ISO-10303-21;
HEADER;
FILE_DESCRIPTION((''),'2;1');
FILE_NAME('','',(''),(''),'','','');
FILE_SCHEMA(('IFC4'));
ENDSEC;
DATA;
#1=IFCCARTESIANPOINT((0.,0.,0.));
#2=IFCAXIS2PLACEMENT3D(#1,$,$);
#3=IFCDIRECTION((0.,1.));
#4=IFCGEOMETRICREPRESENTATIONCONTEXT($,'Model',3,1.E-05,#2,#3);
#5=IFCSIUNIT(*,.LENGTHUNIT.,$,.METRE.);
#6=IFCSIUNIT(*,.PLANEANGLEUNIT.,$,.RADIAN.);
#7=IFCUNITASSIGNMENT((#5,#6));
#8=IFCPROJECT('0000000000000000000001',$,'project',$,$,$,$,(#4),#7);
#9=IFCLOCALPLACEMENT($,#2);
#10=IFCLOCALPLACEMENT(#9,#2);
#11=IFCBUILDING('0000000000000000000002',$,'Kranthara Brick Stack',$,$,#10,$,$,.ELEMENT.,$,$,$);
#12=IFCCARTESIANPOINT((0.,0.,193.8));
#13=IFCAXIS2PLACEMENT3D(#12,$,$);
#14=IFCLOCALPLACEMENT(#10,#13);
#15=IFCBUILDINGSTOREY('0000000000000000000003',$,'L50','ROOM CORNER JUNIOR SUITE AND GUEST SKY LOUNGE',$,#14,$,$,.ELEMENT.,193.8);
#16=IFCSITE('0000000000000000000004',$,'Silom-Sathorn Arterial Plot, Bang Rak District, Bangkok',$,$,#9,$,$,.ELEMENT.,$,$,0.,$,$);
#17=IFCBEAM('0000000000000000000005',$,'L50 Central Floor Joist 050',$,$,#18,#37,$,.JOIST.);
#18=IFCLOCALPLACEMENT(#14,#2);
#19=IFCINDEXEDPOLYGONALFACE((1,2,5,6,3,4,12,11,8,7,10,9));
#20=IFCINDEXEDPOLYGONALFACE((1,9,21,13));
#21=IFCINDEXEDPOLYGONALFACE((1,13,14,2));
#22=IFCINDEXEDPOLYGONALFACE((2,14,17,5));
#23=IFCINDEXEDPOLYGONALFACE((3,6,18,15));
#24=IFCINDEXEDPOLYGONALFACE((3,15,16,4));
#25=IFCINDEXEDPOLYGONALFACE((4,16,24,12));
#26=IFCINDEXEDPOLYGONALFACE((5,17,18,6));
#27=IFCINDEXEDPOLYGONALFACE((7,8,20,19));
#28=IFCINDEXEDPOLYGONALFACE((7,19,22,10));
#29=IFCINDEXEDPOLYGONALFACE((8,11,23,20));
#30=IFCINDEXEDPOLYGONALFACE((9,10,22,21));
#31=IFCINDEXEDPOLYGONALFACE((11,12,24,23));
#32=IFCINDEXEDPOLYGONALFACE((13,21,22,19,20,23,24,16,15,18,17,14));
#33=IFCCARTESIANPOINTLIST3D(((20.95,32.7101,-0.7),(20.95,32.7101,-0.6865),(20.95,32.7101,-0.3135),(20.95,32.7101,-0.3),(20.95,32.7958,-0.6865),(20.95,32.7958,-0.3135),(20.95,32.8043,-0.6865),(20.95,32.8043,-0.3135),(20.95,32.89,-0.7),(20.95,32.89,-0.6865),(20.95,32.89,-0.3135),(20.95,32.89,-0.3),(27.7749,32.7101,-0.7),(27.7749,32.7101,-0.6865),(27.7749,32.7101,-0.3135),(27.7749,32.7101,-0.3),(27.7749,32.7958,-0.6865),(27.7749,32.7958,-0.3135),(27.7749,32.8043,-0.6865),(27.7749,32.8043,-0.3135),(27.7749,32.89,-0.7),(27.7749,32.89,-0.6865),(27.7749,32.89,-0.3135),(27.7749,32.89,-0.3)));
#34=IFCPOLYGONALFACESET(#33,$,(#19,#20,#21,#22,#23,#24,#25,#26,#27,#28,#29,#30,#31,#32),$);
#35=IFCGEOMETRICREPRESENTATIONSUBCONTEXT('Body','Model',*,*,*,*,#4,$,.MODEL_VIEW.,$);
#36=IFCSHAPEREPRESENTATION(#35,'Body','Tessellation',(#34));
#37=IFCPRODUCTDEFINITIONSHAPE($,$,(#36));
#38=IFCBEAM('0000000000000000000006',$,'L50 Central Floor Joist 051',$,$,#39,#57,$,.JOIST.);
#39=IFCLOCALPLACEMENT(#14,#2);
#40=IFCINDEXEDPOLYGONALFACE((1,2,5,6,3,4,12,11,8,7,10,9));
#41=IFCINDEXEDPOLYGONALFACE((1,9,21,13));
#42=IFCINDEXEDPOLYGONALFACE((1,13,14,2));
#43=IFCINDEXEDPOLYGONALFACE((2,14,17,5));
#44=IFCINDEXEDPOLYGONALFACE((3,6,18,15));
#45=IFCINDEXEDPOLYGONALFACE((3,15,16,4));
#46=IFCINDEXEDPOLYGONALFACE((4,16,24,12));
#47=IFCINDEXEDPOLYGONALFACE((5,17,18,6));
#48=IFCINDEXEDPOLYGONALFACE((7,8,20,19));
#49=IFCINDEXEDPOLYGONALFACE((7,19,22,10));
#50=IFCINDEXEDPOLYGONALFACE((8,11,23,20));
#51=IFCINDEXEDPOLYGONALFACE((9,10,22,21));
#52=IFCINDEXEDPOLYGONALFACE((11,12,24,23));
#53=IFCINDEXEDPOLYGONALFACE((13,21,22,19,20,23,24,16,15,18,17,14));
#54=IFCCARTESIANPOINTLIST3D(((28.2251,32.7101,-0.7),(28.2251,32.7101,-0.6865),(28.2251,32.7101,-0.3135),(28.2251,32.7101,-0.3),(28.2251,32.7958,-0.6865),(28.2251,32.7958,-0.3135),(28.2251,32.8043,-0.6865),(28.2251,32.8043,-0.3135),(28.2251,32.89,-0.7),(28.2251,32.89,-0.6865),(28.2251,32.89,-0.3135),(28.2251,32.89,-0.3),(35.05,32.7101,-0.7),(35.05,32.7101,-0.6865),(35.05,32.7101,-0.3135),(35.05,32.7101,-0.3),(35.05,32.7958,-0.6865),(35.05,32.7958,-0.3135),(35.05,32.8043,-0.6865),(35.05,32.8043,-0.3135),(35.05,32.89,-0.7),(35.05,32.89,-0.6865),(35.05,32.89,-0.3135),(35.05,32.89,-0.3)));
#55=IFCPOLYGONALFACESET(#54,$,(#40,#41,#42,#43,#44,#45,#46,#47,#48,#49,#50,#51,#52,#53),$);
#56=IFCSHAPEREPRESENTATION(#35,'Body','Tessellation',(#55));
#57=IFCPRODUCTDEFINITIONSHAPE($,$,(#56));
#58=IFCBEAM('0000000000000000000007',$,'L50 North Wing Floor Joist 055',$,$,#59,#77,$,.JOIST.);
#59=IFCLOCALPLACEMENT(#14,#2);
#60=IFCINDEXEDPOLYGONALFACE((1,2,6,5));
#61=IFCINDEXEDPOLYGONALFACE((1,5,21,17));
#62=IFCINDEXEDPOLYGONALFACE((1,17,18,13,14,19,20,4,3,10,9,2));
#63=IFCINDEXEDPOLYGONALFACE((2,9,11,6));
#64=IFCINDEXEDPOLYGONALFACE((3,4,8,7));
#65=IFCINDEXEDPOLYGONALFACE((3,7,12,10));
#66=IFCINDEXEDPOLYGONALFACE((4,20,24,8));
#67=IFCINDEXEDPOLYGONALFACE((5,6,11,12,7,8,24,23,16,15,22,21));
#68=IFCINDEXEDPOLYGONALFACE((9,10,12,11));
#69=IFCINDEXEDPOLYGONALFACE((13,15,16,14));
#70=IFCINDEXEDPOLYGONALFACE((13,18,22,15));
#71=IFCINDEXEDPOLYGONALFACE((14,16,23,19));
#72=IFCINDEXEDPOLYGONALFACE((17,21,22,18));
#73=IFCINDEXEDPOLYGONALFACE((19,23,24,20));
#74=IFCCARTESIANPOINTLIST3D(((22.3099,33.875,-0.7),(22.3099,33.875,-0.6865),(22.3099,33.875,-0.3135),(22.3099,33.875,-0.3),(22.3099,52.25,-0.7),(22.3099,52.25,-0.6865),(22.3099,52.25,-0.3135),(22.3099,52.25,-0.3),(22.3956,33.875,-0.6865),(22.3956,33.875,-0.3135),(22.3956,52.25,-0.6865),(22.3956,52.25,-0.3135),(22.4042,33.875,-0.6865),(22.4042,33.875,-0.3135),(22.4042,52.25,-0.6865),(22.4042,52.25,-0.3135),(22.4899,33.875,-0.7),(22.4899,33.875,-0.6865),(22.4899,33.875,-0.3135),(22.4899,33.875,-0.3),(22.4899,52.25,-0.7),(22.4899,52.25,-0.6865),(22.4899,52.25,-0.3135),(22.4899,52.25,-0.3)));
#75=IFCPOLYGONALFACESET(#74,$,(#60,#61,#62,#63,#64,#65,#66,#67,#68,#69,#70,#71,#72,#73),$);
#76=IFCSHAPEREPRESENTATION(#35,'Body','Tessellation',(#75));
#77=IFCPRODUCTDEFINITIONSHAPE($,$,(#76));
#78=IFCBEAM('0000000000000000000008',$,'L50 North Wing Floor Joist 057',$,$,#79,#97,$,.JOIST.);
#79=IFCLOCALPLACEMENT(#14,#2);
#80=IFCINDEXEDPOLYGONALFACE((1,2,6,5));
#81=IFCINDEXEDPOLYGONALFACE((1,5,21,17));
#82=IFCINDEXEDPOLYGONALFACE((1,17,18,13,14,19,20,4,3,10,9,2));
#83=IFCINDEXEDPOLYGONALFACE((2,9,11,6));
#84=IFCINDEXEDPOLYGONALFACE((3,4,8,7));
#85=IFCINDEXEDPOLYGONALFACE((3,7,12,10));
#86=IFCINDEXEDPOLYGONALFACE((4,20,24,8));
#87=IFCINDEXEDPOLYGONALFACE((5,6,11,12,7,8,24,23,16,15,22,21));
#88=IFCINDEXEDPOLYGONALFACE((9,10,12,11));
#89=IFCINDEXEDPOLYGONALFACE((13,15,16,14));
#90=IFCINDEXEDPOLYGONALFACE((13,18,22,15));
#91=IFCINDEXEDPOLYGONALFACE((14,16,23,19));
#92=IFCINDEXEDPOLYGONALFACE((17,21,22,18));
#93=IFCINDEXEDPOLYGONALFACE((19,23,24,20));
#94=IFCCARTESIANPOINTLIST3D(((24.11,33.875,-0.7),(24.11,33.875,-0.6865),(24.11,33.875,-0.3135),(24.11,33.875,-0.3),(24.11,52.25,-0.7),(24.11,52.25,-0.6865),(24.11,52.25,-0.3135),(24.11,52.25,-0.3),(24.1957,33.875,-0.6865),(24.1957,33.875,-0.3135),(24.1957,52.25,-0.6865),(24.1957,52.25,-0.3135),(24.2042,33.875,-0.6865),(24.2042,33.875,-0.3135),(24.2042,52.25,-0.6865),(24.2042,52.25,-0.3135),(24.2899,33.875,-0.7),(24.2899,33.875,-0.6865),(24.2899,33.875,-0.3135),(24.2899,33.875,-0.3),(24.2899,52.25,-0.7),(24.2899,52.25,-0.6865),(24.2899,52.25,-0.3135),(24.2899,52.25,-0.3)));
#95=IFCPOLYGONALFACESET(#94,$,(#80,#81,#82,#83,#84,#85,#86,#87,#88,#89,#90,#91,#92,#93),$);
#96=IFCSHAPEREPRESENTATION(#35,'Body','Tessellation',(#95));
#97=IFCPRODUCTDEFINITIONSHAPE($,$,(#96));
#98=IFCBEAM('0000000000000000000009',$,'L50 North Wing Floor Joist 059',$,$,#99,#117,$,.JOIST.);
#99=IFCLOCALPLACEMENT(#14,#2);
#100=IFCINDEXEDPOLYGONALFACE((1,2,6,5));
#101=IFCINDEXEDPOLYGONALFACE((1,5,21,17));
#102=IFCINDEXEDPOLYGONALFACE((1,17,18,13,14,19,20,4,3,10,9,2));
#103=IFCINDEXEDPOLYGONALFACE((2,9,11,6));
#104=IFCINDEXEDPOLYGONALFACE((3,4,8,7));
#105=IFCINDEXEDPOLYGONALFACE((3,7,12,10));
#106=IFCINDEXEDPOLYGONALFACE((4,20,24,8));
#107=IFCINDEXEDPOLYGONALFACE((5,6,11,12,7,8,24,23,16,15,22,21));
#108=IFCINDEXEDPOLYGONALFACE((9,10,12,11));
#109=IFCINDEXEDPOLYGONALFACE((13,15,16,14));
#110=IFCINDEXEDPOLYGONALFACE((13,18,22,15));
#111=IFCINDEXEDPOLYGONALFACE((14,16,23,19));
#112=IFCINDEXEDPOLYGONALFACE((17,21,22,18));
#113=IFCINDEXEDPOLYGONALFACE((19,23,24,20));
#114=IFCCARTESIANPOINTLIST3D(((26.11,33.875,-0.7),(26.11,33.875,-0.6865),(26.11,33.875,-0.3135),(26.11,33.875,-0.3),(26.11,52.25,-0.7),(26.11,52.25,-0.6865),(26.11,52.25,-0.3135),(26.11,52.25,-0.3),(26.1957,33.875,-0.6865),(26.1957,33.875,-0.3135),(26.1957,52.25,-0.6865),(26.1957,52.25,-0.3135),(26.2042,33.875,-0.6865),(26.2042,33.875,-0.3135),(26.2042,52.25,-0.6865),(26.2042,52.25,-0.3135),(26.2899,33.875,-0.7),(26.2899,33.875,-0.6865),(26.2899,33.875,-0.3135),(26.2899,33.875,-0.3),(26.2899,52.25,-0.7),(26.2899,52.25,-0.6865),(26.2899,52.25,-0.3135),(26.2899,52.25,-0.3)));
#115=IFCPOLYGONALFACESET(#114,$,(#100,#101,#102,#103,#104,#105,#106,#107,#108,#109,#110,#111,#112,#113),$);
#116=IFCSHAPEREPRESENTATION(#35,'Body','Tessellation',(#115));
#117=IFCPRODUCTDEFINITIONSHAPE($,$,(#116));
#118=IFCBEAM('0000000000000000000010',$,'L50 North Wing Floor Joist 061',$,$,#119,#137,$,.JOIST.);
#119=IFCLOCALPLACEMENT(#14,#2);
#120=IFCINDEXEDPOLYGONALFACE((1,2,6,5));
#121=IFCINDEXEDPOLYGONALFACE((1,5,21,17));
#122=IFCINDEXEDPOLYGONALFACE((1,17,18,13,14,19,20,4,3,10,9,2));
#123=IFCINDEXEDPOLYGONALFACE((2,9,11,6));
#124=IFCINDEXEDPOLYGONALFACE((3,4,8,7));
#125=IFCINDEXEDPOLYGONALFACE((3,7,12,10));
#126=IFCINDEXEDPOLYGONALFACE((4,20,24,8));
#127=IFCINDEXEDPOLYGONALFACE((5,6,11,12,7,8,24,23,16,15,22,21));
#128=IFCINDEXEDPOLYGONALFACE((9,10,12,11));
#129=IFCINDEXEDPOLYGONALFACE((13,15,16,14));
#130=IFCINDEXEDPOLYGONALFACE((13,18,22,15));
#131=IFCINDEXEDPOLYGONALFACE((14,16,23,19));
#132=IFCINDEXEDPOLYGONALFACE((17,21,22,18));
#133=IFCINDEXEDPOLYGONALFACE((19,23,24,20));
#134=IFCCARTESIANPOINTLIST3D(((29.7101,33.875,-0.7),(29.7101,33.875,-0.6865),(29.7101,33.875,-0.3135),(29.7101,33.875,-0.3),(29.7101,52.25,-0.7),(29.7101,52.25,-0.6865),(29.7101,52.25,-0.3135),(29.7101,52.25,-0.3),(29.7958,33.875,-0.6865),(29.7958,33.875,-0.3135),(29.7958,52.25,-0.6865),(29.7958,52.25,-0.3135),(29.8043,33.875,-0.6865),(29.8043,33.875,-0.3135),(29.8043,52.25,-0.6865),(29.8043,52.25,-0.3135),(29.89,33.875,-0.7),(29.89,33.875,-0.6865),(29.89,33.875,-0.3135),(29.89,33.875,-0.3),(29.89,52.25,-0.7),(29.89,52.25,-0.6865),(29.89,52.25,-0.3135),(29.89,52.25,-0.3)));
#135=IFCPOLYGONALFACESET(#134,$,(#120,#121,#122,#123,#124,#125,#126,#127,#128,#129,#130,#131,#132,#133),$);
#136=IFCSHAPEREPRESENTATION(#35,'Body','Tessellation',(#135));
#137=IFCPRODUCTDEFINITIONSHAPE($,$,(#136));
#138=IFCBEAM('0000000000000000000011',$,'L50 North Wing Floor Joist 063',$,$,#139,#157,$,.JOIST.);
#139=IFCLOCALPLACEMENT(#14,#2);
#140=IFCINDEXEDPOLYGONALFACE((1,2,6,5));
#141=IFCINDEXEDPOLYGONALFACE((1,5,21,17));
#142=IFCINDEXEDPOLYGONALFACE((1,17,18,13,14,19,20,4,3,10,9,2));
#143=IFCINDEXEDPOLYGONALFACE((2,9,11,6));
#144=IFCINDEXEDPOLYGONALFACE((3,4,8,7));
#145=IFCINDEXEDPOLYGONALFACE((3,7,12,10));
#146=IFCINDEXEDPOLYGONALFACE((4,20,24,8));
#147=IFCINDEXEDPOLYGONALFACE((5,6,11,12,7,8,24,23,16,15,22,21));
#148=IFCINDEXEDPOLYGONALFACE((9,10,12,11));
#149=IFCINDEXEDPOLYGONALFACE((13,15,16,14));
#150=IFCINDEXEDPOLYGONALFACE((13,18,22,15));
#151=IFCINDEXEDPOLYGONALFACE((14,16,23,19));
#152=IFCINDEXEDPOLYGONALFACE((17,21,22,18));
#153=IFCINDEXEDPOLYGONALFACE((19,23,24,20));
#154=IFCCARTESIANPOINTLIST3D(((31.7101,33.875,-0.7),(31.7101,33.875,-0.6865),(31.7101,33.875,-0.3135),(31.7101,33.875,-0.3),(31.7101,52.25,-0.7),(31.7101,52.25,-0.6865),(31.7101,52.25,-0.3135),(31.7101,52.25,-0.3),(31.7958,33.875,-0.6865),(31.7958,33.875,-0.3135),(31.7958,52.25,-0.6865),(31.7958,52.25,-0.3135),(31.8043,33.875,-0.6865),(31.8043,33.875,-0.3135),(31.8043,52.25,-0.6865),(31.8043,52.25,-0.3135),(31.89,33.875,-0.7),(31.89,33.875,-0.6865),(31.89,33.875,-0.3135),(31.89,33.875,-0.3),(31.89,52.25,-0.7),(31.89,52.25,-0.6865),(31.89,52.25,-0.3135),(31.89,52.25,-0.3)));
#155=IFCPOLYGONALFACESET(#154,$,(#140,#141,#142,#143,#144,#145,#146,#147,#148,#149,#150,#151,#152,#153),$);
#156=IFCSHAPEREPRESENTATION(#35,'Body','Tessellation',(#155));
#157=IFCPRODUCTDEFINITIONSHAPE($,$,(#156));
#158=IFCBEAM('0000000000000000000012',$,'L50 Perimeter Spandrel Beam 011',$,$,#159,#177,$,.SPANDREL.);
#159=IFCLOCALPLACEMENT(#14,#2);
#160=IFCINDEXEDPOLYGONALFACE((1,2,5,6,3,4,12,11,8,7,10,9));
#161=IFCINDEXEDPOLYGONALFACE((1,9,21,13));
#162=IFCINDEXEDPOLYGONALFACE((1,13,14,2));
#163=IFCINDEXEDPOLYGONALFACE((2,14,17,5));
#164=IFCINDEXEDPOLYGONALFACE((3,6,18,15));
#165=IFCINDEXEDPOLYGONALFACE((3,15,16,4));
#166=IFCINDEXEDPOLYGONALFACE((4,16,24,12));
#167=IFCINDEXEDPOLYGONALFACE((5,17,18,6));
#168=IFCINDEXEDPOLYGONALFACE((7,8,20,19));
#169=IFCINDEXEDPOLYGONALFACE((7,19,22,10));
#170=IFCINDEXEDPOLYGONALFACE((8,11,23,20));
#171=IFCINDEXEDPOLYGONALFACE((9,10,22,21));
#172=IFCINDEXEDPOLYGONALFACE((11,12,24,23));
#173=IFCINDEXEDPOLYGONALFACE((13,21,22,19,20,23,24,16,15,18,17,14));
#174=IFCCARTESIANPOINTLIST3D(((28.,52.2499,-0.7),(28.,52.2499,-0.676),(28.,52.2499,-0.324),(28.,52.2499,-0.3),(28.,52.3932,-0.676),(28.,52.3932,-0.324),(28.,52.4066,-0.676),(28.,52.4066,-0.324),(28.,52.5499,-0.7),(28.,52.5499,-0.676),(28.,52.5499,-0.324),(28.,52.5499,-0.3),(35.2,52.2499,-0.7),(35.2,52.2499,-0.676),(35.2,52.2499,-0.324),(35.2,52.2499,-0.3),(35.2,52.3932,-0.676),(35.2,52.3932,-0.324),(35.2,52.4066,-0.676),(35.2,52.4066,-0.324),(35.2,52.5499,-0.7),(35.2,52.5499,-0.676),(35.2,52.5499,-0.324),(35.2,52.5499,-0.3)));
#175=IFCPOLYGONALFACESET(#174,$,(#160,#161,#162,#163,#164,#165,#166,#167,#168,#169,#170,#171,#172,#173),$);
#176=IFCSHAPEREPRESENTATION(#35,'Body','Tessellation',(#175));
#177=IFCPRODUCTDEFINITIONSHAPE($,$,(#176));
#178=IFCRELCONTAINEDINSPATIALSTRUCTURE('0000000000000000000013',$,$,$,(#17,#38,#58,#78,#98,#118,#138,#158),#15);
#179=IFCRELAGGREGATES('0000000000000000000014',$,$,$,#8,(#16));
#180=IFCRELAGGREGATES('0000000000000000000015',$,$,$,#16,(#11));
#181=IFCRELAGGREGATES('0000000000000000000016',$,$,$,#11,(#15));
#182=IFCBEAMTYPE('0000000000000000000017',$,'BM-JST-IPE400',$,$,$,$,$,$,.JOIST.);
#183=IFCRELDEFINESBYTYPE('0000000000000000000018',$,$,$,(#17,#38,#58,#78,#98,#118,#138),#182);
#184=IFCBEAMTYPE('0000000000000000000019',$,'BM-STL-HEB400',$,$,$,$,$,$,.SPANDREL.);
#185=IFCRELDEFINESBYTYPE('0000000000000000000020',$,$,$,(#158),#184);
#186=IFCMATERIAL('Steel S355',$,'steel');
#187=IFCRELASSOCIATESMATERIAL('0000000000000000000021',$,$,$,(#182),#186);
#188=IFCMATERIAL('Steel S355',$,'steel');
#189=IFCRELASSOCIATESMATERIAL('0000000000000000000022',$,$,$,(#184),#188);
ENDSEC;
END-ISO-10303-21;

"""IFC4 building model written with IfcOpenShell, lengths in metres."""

from ifc_helpers import new_model, si_unit, direction, frame, origin, origin_2d, place, context, subcontext, project, spatial, i_section, extrude, material, material_profile, profile_set, type_object, element, save


model = new_model("IFC4")

# Units and contexts
model_context = context("Model", 3, precision=1e-05, world=origin(), true_north=direction((0.0, 1.0)))
body_context = subcontext(model_context, "Body", "Model", "MODEL_VIEW")
ifc_project = project(units=[si_unit("LENGTHUNIT", "METRE"), si_unit("PLANEANGLEUNIT", "RADIAN")], contexts=[model_context])

# Site, building, storey
site_placement = place(None, origin())
site = spatial("IfcSite", under=ifc_project, at=site_placement, Name="Silom-Sathorn Arterial Plot, Bang Rak District, Bangkok", CompositionType="ELEMENT", RefElevation=0.0)
building_placement = place(site_placement, origin())
building = spatial("IfcBuilding", under=site, at=building_placement, Name="Kranthara Brick Stack", CompositionType="ELEMENT")
storey_placement = place(building_placement, frame((0.0, 0.0, 193.8)))
storey = spatial("IfcBuildingStorey", under=building, at=storey_placement, Name="L50", Description="ROOM CORNER JUNIOR SUITE AND GUEST SKY LOUNGE", CompositionType="ELEMENT", Elevation=193.8)

# Beams
ifc_material_1 = material(Name="Steel S355", Category="steel")
ifc_material_profile_1 = material_profile(ifc_material_1, i_section(OverallWidth=0.1799, OverallDepth=0.3999, WebThickness=0.0085, FlangeThickness=0.0134, at=origin_2d()), Name="IPE 400")
ifc_profile_set_1 = profile_set([ifc_material_profile_1], Name="Steel S355")
beam_type_1 = type_object("IfcBeamType", Name="BM-JST-IPE400", PredefinedType="JOIST", material=ifc_profile_set_1)
for number, where, z_axis, x_axis, name in (
    (1, (20.95, 32.8, -0.5), (1.0, 0.0, 0.0), (0.0, 1.0, 0.0), "L50 Central Floor Joist 050"),
    (2, (28.2251, 32.8, -0.5), (1.0, 0.0, 0.0), (0.0, 1.0, 0.0), "L50 Central Floor Joist 051"),
):
    element("IfcBeam", number, at=place(storey_placement, frame(where, z_axis=z_axis, x_axis=x_axis)), inside=storey, type_object=beam_type_1, Name=name, PredefinedType="JOIST", context=body_context, shape_type="SweptSolid", body=[
        extrude(i_section(OverallWidth=0.1799, OverallDepth=0.3999, WebThickness=0.0085, FlangeThickness=0.0134, at=origin_2d()), origin(), (0.0, 0.0, 1.0), 6.825),
    ])
for number, where, z_axis, x_axis, name in (
    (3, (22.3999, 33.875, -0.5), (0.0, 1.0, 0.0), (-1.0, 0.0, 0.0), "L50 North Wing Floor Joist 055"),
    (4, (24.2, 33.875, -0.5), (0.0, 1.0, 0.0), (-1.0, 0.0, 0.0), "L50 North Wing Floor Joist 057"),
    (5, (26.2, 33.875, -0.5), (0.0, 1.0, 0.0), (-1.0, 0.0, 0.0), "L50 North Wing Floor Joist 059"),
    (6, (29.8, 33.875, -0.5), (0.0, 1.0, 0.0), (-1.0, 0.0, 0.0), "L50 North Wing Floor Joist 061"),
    (7, (31.8, 33.875, -0.5), (0.0, 1.0, 0.0), (-1.0, 0.0, 0.0), "L50 North Wing Floor Joist 063"),
):
    element("IfcBeam", number, at=place(storey_placement, frame(where, z_axis=z_axis, x_axis=x_axis)), inside=storey, type_object=beam_type_1, Name=name, PredefinedType="JOIST", context=body_context, shape_type="SweptSolid", body=[
        extrude(i_section(OverallWidth=0.1799, OverallDepth=0.3999, WebThickness=0.0085, FlangeThickness=0.0134, at=origin_2d()), origin(), (0.0, 0.0, 1.0), 18.375),
    ])
ifc_material_2 = material(Name="Steel S355", Category="steel")
ifc_material_profile_2 = material_profile(ifc_material_2, i_section(OverallWidth=0.3, OverallDepth=0.3999, WebThickness=0.0134, FlangeThickness=0.0239, at=origin_2d()), Name="HEB 400")
ifc_profile_set_2 = profile_set([ifc_material_profile_2], Name="Steel S355")
beam_type_2 = type_object("IfcBeamType", Name="BM-STL-HEB400", PredefinedType="SPANDREL", material=ifc_profile_set_2)
beam_1_placement = place(storey_placement, frame((28.0, 52.3999, -0.5), z_axis=(1.0, 0.0, 0.0), x_axis=(0.0, 1.0, 0.0)))
element("IfcBeam", 8, at=beam_1_placement, inside=storey, type_object=beam_type_2, Name="L50 Perimeter Spandrel Beam 011", PredefinedType="SPANDREL", context=body_context, shape_type="SweptSolid", body=[
    extrude(i_section(OverallWidth=0.3, OverallDepth=0.3999, WebThickness=0.0134, FlangeThickness=0.0239, at=origin_2d()), origin(), (0.0, 0.0, 1.0), 7.2),
])

save(model, "model.ifc")
